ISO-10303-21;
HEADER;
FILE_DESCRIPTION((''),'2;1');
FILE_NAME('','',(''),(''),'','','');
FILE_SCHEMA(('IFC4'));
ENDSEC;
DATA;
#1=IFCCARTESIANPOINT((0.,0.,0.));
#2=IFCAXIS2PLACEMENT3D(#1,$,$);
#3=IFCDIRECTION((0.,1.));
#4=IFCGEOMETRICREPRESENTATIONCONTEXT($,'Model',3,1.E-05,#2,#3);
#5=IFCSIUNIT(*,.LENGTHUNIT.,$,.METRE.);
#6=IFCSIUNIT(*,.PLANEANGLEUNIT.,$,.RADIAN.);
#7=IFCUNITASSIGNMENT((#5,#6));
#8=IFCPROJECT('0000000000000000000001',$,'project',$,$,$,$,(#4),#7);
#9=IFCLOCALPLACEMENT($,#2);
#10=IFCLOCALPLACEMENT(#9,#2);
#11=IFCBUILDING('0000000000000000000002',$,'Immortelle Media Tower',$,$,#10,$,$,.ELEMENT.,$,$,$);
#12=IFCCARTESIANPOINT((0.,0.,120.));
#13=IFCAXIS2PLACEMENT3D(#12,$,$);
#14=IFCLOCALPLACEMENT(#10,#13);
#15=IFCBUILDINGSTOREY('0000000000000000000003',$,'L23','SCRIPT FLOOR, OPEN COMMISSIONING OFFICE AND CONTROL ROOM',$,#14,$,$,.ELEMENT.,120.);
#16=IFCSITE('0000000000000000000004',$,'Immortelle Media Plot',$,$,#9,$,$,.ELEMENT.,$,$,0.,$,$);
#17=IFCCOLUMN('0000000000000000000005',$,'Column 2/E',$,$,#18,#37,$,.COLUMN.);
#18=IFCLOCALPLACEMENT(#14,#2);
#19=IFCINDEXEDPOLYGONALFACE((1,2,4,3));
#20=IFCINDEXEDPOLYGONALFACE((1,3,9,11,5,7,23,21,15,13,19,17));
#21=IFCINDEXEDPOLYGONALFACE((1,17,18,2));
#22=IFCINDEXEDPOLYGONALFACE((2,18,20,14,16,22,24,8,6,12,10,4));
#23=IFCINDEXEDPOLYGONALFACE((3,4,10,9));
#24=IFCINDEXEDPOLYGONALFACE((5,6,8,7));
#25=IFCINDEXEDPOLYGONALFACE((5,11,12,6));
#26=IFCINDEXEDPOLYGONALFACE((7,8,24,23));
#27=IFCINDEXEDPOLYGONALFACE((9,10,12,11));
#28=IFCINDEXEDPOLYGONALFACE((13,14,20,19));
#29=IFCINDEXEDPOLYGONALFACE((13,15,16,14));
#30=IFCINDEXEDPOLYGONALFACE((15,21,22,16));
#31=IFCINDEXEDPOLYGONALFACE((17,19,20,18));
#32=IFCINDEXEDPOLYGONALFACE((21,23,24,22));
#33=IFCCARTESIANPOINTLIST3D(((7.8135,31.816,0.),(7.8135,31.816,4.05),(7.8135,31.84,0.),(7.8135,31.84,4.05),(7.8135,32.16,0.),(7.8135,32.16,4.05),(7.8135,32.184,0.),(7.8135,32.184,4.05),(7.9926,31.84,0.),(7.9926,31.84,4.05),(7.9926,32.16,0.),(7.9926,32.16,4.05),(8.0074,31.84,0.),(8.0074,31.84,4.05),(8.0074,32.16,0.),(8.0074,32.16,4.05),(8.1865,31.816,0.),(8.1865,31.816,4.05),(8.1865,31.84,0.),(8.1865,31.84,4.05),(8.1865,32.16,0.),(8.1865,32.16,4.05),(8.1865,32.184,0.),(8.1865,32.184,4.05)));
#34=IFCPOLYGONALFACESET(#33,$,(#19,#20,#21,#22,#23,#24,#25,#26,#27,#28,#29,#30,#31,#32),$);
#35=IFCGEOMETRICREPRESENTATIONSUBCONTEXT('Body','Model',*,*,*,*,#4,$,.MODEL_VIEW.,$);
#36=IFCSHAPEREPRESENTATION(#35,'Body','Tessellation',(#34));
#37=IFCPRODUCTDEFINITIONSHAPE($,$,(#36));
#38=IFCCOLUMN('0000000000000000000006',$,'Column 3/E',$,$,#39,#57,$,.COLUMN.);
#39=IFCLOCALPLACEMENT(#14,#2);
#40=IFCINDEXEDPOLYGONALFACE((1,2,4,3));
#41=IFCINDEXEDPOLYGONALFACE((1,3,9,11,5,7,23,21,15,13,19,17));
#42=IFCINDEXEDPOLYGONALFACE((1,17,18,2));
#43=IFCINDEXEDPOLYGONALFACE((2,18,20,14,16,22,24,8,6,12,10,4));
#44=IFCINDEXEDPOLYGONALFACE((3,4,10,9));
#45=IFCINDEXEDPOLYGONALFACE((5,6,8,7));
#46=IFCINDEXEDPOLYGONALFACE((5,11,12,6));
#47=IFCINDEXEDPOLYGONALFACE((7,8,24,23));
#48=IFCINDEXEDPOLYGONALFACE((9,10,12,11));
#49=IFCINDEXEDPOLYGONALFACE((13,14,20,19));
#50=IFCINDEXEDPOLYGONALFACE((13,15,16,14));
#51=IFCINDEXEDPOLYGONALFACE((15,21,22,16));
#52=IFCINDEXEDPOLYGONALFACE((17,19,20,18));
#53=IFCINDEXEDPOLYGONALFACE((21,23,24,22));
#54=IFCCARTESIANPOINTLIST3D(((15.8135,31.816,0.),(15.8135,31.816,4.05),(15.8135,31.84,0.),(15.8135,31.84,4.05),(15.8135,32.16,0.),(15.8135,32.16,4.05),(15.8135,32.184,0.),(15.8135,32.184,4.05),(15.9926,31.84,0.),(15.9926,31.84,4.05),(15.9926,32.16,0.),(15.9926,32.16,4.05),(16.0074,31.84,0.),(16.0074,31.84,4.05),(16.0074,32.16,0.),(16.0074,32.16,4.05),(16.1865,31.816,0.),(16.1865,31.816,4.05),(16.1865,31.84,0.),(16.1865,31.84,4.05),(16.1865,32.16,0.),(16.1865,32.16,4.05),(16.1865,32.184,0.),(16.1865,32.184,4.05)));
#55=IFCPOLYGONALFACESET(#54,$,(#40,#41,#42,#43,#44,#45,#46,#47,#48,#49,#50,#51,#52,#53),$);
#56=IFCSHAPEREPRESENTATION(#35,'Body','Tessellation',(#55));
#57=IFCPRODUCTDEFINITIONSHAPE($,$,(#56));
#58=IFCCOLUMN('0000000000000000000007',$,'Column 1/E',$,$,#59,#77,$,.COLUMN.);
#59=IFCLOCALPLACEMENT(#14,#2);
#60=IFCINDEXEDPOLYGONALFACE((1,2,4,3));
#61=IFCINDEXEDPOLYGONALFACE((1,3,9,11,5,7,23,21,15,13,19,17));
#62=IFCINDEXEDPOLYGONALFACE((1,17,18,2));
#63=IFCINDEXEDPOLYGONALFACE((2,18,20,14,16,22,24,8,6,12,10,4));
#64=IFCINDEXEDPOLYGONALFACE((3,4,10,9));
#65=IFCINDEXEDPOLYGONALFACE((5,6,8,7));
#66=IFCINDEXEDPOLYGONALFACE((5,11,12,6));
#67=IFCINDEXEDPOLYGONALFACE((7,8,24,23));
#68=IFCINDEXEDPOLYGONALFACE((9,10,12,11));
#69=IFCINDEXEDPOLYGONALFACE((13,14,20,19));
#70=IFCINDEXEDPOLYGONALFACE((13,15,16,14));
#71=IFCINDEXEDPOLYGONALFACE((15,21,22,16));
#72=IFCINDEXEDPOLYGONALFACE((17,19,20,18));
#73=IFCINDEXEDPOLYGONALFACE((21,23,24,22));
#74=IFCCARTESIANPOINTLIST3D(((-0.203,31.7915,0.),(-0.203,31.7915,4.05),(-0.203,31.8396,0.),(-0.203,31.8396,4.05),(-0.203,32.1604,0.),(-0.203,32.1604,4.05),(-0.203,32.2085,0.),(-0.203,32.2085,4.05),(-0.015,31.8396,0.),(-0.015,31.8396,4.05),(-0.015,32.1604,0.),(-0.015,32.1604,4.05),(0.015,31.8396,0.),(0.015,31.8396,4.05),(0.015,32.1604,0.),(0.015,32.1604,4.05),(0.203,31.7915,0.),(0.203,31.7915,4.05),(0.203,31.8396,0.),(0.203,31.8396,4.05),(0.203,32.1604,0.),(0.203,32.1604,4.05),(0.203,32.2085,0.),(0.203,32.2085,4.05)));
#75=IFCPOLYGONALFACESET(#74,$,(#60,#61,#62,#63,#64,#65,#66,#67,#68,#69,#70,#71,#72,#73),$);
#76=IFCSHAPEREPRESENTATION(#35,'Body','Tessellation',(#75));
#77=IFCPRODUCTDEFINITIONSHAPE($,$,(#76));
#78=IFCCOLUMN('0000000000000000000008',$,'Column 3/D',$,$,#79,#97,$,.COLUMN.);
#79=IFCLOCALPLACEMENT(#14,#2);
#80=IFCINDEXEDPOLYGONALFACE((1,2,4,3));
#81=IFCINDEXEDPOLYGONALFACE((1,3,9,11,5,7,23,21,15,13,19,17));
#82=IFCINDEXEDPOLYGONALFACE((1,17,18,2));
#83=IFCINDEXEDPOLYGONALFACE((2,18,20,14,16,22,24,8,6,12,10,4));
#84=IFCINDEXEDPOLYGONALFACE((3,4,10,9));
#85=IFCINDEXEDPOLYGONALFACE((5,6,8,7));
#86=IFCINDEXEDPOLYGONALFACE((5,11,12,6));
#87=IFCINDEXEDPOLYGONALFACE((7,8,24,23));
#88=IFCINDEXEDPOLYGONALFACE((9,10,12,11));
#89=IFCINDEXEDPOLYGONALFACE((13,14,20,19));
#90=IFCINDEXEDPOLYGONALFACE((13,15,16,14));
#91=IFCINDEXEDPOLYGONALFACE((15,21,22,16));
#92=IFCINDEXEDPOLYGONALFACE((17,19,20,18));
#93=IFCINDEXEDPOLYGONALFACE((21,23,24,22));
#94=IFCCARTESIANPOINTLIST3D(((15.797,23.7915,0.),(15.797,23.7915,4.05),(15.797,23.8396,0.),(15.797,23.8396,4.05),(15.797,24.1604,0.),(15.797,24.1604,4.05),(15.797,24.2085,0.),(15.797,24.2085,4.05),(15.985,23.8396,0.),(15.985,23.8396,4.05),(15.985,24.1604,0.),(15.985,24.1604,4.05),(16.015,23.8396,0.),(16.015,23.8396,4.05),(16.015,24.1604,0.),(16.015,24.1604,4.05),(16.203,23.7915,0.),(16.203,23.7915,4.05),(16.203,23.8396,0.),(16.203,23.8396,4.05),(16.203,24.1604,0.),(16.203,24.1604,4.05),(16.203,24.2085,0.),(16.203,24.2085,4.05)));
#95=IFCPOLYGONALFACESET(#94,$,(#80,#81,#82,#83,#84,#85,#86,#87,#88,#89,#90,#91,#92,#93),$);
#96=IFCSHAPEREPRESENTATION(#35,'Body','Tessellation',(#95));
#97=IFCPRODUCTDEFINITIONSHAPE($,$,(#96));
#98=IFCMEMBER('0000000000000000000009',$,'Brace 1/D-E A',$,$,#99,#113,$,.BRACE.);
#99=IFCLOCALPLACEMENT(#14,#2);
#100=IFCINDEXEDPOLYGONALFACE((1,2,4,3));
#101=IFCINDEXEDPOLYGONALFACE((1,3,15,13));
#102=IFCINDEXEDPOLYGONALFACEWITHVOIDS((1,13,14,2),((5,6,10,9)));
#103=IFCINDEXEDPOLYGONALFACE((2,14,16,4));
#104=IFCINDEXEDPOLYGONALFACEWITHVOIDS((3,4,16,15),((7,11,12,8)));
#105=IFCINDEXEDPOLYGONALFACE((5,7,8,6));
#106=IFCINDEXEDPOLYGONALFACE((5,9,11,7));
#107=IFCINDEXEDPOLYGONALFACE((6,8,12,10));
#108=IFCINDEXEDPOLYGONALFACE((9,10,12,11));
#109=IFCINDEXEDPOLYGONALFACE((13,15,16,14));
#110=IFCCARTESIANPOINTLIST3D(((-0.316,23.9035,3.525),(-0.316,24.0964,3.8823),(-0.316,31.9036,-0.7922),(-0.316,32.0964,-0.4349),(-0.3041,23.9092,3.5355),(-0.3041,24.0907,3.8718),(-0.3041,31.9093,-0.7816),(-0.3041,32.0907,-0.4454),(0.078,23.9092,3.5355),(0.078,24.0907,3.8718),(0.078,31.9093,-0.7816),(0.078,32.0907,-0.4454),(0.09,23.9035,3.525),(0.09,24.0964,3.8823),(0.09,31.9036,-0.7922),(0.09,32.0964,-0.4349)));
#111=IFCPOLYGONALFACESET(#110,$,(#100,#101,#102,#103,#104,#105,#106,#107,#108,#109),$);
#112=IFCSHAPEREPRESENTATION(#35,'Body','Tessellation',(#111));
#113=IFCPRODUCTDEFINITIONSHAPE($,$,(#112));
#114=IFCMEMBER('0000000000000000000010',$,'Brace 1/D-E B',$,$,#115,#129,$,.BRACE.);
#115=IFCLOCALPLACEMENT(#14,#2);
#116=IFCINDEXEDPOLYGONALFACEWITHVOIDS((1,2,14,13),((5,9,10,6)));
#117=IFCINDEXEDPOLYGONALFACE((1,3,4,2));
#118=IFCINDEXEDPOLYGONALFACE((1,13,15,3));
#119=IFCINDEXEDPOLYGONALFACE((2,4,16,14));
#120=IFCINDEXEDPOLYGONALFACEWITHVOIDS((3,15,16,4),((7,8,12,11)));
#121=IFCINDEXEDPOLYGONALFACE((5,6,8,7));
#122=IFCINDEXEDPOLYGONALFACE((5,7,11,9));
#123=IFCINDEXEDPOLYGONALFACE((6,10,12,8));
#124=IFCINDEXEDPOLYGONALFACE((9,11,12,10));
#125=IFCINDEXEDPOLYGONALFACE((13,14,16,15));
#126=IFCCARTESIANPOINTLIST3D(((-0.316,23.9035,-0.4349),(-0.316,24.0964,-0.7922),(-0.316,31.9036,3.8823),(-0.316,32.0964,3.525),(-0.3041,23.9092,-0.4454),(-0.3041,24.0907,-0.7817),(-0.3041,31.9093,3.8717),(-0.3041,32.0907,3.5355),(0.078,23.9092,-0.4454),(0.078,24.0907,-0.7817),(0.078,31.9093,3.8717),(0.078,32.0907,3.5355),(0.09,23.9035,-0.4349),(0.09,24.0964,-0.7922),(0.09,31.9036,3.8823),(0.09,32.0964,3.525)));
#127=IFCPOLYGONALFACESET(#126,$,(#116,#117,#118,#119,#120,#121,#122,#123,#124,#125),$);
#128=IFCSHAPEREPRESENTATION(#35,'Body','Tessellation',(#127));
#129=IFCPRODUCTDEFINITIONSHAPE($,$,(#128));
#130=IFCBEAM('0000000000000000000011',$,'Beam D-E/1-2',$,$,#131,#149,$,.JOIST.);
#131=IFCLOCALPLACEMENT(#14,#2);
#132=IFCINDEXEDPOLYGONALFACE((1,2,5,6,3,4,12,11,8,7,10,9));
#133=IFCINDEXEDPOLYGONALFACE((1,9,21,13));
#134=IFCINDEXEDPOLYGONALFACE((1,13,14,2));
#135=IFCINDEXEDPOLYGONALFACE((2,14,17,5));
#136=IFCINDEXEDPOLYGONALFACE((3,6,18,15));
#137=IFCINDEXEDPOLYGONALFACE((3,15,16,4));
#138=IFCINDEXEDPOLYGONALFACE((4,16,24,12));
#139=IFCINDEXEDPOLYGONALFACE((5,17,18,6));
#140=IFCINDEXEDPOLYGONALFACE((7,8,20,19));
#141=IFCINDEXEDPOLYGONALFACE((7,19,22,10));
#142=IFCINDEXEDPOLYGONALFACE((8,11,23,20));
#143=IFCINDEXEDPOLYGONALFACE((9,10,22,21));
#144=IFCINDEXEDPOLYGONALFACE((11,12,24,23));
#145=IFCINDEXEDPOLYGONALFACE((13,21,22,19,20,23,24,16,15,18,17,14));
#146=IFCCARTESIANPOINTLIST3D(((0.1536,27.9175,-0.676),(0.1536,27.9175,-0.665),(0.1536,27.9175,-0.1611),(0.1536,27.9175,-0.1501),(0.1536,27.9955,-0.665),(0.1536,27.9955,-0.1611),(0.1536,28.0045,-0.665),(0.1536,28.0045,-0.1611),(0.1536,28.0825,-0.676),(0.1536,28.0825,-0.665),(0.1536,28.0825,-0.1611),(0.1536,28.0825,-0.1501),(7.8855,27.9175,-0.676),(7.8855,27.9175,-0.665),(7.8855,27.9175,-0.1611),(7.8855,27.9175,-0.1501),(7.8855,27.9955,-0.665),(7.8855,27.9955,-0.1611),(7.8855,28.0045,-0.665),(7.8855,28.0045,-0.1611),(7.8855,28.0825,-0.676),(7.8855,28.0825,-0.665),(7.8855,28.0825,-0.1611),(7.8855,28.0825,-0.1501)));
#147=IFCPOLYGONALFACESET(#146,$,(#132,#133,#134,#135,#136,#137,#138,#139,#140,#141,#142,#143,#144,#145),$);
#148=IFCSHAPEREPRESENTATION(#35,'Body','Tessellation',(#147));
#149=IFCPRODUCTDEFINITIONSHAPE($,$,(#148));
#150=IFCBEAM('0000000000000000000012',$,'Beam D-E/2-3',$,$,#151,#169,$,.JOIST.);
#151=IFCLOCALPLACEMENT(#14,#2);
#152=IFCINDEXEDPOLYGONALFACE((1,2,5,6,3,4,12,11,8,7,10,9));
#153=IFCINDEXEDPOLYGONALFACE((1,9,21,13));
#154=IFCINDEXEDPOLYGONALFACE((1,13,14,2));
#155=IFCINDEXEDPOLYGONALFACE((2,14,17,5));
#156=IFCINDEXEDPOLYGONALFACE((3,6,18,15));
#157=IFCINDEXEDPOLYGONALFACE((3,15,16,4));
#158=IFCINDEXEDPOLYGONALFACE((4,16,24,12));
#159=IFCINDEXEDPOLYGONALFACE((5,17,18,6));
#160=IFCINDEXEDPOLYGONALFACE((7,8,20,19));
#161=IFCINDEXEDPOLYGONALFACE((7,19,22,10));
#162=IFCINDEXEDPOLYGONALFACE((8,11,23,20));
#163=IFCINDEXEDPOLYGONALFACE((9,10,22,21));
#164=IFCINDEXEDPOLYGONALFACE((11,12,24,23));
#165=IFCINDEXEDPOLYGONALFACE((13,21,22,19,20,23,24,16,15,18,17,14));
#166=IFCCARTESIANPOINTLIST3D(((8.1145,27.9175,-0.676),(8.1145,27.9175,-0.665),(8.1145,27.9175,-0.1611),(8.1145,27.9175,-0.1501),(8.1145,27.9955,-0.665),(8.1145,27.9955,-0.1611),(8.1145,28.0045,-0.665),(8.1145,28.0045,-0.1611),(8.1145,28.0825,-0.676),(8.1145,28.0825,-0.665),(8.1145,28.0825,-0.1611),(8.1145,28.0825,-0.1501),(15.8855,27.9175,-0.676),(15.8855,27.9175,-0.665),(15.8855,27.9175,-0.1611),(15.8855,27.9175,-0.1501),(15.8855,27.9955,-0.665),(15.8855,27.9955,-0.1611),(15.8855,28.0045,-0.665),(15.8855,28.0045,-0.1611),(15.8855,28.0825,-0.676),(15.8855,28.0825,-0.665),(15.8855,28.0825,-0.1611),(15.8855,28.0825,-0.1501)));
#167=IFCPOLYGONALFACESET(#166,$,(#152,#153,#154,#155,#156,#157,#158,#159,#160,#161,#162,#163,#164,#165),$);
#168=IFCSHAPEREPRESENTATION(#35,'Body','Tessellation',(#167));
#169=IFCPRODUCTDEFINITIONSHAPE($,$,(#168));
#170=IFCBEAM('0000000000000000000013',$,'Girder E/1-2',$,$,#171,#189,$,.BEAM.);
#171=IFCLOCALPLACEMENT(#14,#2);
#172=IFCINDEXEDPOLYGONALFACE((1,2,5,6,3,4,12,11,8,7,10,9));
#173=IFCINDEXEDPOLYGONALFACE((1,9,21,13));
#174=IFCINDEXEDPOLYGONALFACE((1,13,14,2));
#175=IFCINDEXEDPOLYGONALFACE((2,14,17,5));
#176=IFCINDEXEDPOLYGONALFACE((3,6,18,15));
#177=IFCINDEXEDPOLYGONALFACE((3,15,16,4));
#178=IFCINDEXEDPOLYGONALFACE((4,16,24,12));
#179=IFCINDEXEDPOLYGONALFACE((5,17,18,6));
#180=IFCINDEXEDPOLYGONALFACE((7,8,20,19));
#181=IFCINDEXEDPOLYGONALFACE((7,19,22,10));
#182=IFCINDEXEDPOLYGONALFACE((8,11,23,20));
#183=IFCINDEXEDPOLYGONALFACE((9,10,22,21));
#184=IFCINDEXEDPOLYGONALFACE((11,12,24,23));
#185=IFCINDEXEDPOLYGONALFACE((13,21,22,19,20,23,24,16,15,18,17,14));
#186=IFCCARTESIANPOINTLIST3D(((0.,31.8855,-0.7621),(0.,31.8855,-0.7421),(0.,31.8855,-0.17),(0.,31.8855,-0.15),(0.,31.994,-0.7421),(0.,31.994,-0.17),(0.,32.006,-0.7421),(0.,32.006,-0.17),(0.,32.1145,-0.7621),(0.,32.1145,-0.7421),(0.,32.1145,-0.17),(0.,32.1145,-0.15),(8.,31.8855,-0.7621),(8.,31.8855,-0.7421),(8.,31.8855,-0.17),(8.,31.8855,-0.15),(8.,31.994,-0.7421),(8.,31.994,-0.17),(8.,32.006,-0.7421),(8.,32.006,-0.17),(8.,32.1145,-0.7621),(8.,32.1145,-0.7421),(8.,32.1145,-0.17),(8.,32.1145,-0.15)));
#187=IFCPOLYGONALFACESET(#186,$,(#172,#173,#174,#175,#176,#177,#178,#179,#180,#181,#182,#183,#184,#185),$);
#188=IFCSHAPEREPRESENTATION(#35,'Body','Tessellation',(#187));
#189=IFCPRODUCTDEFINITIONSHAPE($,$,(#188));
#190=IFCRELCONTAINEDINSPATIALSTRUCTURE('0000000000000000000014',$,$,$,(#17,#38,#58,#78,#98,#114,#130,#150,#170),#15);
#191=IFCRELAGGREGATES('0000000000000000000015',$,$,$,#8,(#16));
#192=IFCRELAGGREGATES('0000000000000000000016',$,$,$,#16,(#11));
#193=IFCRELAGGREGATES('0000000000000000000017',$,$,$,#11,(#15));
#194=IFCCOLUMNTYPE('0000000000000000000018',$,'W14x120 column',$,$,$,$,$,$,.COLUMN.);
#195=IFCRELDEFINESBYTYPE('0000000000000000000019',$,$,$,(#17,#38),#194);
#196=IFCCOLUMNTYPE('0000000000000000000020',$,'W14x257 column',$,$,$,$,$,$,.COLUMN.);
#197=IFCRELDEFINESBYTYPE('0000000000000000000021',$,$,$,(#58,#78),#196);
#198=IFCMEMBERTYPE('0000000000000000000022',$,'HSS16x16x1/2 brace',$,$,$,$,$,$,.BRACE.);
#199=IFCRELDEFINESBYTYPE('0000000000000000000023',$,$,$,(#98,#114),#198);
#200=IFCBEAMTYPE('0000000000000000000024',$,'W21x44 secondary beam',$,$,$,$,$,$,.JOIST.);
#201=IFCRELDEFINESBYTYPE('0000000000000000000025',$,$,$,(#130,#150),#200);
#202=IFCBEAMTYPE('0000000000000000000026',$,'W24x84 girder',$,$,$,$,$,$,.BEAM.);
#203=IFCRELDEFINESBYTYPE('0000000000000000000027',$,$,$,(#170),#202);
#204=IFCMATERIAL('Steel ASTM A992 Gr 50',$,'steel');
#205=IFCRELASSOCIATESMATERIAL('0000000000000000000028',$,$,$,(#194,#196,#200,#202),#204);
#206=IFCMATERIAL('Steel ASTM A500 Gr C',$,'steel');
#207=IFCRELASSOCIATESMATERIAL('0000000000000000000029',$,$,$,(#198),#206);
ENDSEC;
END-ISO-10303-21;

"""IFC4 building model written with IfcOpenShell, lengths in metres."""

from ifc_helpers import new_model, si_unit, direction, frame, origin, origin_2d, place, context, subcontext, project, spatial, hollow_rectangle, i_section, extrude, material, material_profile, profile_set, type_object, element, save


model = new_model("IFC4")

# Units and contexts
model_context = context("Model", 3, precision=1e-05, world=origin(), true_north=direction((0.0, 1.0)))
body_context = subcontext(model_context, "Body", "Model", "MODEL_VIEW")
ifc_project = project(units=[si_unit("LENGTHUNIT", "METRE"), si_unit("PLANEANGLEUNIT", "RADIAN")], contexts=[model_context])

# Site, building, storey
site_placement = place(None, origin())
site = spatial("IfcSite", under=ifc_project, at=site_placement, Name="Immortelle Media Plot", CompositionType="ELEMENT", RefElevation=0.0)
building_placement = place(site_placement, origin())
building = spatial("IfcBuilding", under=site, at=building_placement, Name="Immortelle Media Tower", CompositionType="ELEMENT")
storey_placement = place(building_placement, frame((0.0, 0.0, 120.0)))
storey = spatial("IfcBuildingStorey", under=building, at=storey_placement, Name="L23", Description="SCRIPT FLOOR, OPEN COMMISSIONING OFFICE AND CONTROL ROOM", CompositionType="ELEMENT", Elevation=120.0)

# Columns
ifc_material_1 = material(Name="Steel ASTM A992 Gr 50", Category="steel")
ifc_material_profile_1 = material_profile(ifc_material_1, i_section(OverallWidth=0.373, OverallDepth=0.3679, WebThickness=0.0149, FlangeThickness=0.0239, at=origin_2d()), Name="W14x120")
ifc_profile_set_1 = profile_set([ifc_material_profile_1], Name="Steel ASTM A992 Gr 50")
column_type_1 = type_object("IfcColumnType", Name="W14x120 column", PredefinedType="COLUMN", material=ifc_profile_set_1)
for number, where, z_axis, x_axis, name in (
    (1, (8.0, 32.0, 0.0), (0.0, 0.0, 1.0), (1.0, 0.0, 0.0), "Column 2/E"),
    (2, (16.0, 32.0, 0.0), (0.0, 0.0, 1.0), (1.0, 0.0, 0.0), "Column 3/E"),
):
    element("IfcColumn", number, at=place(storey_placement, frame(where, z_axis=z_axis, x_axis=x_axis)), inside=storey, type_object=column_type_1, Name=name, PredefinedType="COLUMN", context=body_context, shape_type="SweptSolid", body=[
        extrude(i_section(OverallWidth=0.373, OverallDepth=0.3679, WebThickness=0.0149, FlangeThickness=0.0239, at=origin_2d()), origin(), (0.0, 0.0, 1.0), 4.05),
    ])
ifc_material_profile_2 = material_profile(ifc_material_1, i_section(OverallWidth=0.406, OverallDepth=0.417, WebThickness=0.03, FlangeThickness=0.0481, at=origin_2d()), Name="W14x257")
ifc_profile_set_2 = profile_set([ifc_material_profile_2], Name="Steel ASTM A992 Gr 50")
column_type_2 = type_object("IfcColumnType", Name="W14x257 column", PredefinedType="COLUMN", material=ifc_profile_set_2)
for number, where, z_axis, x_axis, name in (
    (3, (0.0, 32.0, 0.0), (0.0, 0.0, 1.0), (1.0, 0.0, 0.0), "Column 1/E"),
    (4, (16.0, 24.0, 0.0), (0.0, 0.0, 1.0), (1.0, 0.0, 0.0), "Column 3/D"),
):
    element("IfcColumn", number, at=place(storey_placement, frame(where, z_axis=z_axis, x_axis=x_axis)), inside=storey, type_object=column_type_2, Name=name, PredefinedType="COLUMN", context=body_context, shape_type="SweptSolid", body=[
        extrude(i_section(OverallWidth=0.406, OverallDepth=0.417, WebThickness=0.03, FlangeThickness=0.0481, at=origin_2d()), origin(), (0.0, 0.0, 1.0), 4.05),
    ])

# Members
ifc_material_2 = material(Name="Steel ASTM A500 Gr C", Category="steel")
ifc_material_profile_3 = material_profile(ifc_material_2, hollow_rectangle(XDim=0.406, YDim=0.406, WallThickness=0.012, at=origin_2d()), Name="HSS16x16x1/2 brace")
ifc_profile_set_3 = profile_set([ifc_material_profile_3], Name="Steel ASTM A500 Gr C")
member_type = type_object("IfcMemberType", Name="HSS16x16x1/2 brace", PredefinedType="BRACE", material=ifc_profile_set_3)
for number, where, z_axis, x_axis, name in (
    (5, (-0.113, 32.0, -0.6135), (0.0, -0.880037, 0.474905), (1.0, 0.0, 0.0), "Brace 1/D-E A"),
    (6, (-0.113, 32.0, 3.7036), (0.0, -0.880037, -0.474905), (1.0, 0.0, 0.0), "Brace 1/D-E B"),
):
    element("IfcMember", number, at=place(storey_placement, frame(where, z_axis=z_axis, x_axis=x_axis)), inside=storey, type_object=member_type, Name=name, PredefinedType="BRACE", context=body_context, shape_type="SweptSolid", body=[
        extrude(hollow_rectangle(XDim=0.406, YDim=0.406, WallThickness=0.012, at=origin_2d()), origin(), (0.0, 0.0, 1.0), 9.0906),
    ])

# Beams
ifc_material_profile_4 = material_profile(ifc_material_1, i_section(OverallWidth=0.165, OverallDepth=0.5259, WebThickness=0.009, FlangeThickness=0.011, at=origin_2d()), Name="W21x44")
ifc_profile_set_4 = profile_set([ifc_material_profile_4], Name="Steel ASTM A992 Gr 50")
beam_type_1 = type_object("IfcBeamType", Name="W21x44 secondary beam", PredefinedType="JOIST", material=ifc_profile_set_4)
beam_1_placement = place(storey_placement, frame((0.1536, 28.0, -0.4131), z_axis=(1.0, 0.0, 0.0), x_axis=(0.0, 1.0, 0.0)))
element("IfcBeam", 7, at=beam_1_placement, inside=storey, type_object=beam_type_1, Name="Beam D-E/1-2", PredefinedType="JOIST", context=body_context, shape_type="SweptSolid", body=[
    extrude(i_section(OverallWidth=0.165, OverallDepth=0.5259, WebThickness=0.009, FlangeThickness=0.011, at=origin_2d()), origin(), (0.0, 0.0, 1.0), 7.7319),
])
beam_2_placement = place(storey_placement, frame((8.1145, 28.0, -0.4131), z_axis=(1.0, 0.0, 0.0), x_axis=(0.0, 1.0, 0.0)))
element("IfcBeam", 8, at=beam_2_placement, inside=storey, type_object=beam_type_1, Name="Beam D-E/2-3", PredefinedType="JOIST", context=body_context, shape_type="SweptSolid", body=[
    extrude(i_section(OverallWidth=0.165, OverallDepth=0.5259, WebThickness=0.009, FlangeThickness=0.011, at=origin_2d()), origin(), (0.0, 0.0, 1.0), 7.771),
])
ifc_material_profile_5 = material_profile(ifc_material_1, i_section(OverallWidth=0.229, OverallDepth=0.6121, WebThickness=0.012, FlangeThickness=0.02, at=origin_2d()), Name="W24x84")
ifc_profile_set_5 = profile_set([ifc_material_profile_5], Name="Steel ASTM A992 Gr 50")
beam_type_2 = type_object("IfcBeamType", Name="W24x84 girder", PredefinedType="BEAM", material=ifc_profile_set_5)
for number, where, z_axis, x_axis, name in (
    (9, (0.0, 32.0, -0.4561), (1.0, 0.0, 0.0), (0.0, 1.0, 0.0), "Girder E/1-2"),
):
    element("IfcBeam", number, at=place(storey_placement, frame(where, z_axis=z_axis, x_axis=x_axis)), inside=storey, type_object=beam_type_2, Name=name, PredefinedType="BEAM", context=body_context, shape_type="SweptSolid", body=[
        extrude(i_section(OverallWidth=0.229, OverallDepth=0.6121, WebThickness=0.012, FlangeThickness=0.02, at=origin_2d()), origin(), (0.0, 0.0, 1.0), 8.0),
    ])

save(model, "model.ifc")
